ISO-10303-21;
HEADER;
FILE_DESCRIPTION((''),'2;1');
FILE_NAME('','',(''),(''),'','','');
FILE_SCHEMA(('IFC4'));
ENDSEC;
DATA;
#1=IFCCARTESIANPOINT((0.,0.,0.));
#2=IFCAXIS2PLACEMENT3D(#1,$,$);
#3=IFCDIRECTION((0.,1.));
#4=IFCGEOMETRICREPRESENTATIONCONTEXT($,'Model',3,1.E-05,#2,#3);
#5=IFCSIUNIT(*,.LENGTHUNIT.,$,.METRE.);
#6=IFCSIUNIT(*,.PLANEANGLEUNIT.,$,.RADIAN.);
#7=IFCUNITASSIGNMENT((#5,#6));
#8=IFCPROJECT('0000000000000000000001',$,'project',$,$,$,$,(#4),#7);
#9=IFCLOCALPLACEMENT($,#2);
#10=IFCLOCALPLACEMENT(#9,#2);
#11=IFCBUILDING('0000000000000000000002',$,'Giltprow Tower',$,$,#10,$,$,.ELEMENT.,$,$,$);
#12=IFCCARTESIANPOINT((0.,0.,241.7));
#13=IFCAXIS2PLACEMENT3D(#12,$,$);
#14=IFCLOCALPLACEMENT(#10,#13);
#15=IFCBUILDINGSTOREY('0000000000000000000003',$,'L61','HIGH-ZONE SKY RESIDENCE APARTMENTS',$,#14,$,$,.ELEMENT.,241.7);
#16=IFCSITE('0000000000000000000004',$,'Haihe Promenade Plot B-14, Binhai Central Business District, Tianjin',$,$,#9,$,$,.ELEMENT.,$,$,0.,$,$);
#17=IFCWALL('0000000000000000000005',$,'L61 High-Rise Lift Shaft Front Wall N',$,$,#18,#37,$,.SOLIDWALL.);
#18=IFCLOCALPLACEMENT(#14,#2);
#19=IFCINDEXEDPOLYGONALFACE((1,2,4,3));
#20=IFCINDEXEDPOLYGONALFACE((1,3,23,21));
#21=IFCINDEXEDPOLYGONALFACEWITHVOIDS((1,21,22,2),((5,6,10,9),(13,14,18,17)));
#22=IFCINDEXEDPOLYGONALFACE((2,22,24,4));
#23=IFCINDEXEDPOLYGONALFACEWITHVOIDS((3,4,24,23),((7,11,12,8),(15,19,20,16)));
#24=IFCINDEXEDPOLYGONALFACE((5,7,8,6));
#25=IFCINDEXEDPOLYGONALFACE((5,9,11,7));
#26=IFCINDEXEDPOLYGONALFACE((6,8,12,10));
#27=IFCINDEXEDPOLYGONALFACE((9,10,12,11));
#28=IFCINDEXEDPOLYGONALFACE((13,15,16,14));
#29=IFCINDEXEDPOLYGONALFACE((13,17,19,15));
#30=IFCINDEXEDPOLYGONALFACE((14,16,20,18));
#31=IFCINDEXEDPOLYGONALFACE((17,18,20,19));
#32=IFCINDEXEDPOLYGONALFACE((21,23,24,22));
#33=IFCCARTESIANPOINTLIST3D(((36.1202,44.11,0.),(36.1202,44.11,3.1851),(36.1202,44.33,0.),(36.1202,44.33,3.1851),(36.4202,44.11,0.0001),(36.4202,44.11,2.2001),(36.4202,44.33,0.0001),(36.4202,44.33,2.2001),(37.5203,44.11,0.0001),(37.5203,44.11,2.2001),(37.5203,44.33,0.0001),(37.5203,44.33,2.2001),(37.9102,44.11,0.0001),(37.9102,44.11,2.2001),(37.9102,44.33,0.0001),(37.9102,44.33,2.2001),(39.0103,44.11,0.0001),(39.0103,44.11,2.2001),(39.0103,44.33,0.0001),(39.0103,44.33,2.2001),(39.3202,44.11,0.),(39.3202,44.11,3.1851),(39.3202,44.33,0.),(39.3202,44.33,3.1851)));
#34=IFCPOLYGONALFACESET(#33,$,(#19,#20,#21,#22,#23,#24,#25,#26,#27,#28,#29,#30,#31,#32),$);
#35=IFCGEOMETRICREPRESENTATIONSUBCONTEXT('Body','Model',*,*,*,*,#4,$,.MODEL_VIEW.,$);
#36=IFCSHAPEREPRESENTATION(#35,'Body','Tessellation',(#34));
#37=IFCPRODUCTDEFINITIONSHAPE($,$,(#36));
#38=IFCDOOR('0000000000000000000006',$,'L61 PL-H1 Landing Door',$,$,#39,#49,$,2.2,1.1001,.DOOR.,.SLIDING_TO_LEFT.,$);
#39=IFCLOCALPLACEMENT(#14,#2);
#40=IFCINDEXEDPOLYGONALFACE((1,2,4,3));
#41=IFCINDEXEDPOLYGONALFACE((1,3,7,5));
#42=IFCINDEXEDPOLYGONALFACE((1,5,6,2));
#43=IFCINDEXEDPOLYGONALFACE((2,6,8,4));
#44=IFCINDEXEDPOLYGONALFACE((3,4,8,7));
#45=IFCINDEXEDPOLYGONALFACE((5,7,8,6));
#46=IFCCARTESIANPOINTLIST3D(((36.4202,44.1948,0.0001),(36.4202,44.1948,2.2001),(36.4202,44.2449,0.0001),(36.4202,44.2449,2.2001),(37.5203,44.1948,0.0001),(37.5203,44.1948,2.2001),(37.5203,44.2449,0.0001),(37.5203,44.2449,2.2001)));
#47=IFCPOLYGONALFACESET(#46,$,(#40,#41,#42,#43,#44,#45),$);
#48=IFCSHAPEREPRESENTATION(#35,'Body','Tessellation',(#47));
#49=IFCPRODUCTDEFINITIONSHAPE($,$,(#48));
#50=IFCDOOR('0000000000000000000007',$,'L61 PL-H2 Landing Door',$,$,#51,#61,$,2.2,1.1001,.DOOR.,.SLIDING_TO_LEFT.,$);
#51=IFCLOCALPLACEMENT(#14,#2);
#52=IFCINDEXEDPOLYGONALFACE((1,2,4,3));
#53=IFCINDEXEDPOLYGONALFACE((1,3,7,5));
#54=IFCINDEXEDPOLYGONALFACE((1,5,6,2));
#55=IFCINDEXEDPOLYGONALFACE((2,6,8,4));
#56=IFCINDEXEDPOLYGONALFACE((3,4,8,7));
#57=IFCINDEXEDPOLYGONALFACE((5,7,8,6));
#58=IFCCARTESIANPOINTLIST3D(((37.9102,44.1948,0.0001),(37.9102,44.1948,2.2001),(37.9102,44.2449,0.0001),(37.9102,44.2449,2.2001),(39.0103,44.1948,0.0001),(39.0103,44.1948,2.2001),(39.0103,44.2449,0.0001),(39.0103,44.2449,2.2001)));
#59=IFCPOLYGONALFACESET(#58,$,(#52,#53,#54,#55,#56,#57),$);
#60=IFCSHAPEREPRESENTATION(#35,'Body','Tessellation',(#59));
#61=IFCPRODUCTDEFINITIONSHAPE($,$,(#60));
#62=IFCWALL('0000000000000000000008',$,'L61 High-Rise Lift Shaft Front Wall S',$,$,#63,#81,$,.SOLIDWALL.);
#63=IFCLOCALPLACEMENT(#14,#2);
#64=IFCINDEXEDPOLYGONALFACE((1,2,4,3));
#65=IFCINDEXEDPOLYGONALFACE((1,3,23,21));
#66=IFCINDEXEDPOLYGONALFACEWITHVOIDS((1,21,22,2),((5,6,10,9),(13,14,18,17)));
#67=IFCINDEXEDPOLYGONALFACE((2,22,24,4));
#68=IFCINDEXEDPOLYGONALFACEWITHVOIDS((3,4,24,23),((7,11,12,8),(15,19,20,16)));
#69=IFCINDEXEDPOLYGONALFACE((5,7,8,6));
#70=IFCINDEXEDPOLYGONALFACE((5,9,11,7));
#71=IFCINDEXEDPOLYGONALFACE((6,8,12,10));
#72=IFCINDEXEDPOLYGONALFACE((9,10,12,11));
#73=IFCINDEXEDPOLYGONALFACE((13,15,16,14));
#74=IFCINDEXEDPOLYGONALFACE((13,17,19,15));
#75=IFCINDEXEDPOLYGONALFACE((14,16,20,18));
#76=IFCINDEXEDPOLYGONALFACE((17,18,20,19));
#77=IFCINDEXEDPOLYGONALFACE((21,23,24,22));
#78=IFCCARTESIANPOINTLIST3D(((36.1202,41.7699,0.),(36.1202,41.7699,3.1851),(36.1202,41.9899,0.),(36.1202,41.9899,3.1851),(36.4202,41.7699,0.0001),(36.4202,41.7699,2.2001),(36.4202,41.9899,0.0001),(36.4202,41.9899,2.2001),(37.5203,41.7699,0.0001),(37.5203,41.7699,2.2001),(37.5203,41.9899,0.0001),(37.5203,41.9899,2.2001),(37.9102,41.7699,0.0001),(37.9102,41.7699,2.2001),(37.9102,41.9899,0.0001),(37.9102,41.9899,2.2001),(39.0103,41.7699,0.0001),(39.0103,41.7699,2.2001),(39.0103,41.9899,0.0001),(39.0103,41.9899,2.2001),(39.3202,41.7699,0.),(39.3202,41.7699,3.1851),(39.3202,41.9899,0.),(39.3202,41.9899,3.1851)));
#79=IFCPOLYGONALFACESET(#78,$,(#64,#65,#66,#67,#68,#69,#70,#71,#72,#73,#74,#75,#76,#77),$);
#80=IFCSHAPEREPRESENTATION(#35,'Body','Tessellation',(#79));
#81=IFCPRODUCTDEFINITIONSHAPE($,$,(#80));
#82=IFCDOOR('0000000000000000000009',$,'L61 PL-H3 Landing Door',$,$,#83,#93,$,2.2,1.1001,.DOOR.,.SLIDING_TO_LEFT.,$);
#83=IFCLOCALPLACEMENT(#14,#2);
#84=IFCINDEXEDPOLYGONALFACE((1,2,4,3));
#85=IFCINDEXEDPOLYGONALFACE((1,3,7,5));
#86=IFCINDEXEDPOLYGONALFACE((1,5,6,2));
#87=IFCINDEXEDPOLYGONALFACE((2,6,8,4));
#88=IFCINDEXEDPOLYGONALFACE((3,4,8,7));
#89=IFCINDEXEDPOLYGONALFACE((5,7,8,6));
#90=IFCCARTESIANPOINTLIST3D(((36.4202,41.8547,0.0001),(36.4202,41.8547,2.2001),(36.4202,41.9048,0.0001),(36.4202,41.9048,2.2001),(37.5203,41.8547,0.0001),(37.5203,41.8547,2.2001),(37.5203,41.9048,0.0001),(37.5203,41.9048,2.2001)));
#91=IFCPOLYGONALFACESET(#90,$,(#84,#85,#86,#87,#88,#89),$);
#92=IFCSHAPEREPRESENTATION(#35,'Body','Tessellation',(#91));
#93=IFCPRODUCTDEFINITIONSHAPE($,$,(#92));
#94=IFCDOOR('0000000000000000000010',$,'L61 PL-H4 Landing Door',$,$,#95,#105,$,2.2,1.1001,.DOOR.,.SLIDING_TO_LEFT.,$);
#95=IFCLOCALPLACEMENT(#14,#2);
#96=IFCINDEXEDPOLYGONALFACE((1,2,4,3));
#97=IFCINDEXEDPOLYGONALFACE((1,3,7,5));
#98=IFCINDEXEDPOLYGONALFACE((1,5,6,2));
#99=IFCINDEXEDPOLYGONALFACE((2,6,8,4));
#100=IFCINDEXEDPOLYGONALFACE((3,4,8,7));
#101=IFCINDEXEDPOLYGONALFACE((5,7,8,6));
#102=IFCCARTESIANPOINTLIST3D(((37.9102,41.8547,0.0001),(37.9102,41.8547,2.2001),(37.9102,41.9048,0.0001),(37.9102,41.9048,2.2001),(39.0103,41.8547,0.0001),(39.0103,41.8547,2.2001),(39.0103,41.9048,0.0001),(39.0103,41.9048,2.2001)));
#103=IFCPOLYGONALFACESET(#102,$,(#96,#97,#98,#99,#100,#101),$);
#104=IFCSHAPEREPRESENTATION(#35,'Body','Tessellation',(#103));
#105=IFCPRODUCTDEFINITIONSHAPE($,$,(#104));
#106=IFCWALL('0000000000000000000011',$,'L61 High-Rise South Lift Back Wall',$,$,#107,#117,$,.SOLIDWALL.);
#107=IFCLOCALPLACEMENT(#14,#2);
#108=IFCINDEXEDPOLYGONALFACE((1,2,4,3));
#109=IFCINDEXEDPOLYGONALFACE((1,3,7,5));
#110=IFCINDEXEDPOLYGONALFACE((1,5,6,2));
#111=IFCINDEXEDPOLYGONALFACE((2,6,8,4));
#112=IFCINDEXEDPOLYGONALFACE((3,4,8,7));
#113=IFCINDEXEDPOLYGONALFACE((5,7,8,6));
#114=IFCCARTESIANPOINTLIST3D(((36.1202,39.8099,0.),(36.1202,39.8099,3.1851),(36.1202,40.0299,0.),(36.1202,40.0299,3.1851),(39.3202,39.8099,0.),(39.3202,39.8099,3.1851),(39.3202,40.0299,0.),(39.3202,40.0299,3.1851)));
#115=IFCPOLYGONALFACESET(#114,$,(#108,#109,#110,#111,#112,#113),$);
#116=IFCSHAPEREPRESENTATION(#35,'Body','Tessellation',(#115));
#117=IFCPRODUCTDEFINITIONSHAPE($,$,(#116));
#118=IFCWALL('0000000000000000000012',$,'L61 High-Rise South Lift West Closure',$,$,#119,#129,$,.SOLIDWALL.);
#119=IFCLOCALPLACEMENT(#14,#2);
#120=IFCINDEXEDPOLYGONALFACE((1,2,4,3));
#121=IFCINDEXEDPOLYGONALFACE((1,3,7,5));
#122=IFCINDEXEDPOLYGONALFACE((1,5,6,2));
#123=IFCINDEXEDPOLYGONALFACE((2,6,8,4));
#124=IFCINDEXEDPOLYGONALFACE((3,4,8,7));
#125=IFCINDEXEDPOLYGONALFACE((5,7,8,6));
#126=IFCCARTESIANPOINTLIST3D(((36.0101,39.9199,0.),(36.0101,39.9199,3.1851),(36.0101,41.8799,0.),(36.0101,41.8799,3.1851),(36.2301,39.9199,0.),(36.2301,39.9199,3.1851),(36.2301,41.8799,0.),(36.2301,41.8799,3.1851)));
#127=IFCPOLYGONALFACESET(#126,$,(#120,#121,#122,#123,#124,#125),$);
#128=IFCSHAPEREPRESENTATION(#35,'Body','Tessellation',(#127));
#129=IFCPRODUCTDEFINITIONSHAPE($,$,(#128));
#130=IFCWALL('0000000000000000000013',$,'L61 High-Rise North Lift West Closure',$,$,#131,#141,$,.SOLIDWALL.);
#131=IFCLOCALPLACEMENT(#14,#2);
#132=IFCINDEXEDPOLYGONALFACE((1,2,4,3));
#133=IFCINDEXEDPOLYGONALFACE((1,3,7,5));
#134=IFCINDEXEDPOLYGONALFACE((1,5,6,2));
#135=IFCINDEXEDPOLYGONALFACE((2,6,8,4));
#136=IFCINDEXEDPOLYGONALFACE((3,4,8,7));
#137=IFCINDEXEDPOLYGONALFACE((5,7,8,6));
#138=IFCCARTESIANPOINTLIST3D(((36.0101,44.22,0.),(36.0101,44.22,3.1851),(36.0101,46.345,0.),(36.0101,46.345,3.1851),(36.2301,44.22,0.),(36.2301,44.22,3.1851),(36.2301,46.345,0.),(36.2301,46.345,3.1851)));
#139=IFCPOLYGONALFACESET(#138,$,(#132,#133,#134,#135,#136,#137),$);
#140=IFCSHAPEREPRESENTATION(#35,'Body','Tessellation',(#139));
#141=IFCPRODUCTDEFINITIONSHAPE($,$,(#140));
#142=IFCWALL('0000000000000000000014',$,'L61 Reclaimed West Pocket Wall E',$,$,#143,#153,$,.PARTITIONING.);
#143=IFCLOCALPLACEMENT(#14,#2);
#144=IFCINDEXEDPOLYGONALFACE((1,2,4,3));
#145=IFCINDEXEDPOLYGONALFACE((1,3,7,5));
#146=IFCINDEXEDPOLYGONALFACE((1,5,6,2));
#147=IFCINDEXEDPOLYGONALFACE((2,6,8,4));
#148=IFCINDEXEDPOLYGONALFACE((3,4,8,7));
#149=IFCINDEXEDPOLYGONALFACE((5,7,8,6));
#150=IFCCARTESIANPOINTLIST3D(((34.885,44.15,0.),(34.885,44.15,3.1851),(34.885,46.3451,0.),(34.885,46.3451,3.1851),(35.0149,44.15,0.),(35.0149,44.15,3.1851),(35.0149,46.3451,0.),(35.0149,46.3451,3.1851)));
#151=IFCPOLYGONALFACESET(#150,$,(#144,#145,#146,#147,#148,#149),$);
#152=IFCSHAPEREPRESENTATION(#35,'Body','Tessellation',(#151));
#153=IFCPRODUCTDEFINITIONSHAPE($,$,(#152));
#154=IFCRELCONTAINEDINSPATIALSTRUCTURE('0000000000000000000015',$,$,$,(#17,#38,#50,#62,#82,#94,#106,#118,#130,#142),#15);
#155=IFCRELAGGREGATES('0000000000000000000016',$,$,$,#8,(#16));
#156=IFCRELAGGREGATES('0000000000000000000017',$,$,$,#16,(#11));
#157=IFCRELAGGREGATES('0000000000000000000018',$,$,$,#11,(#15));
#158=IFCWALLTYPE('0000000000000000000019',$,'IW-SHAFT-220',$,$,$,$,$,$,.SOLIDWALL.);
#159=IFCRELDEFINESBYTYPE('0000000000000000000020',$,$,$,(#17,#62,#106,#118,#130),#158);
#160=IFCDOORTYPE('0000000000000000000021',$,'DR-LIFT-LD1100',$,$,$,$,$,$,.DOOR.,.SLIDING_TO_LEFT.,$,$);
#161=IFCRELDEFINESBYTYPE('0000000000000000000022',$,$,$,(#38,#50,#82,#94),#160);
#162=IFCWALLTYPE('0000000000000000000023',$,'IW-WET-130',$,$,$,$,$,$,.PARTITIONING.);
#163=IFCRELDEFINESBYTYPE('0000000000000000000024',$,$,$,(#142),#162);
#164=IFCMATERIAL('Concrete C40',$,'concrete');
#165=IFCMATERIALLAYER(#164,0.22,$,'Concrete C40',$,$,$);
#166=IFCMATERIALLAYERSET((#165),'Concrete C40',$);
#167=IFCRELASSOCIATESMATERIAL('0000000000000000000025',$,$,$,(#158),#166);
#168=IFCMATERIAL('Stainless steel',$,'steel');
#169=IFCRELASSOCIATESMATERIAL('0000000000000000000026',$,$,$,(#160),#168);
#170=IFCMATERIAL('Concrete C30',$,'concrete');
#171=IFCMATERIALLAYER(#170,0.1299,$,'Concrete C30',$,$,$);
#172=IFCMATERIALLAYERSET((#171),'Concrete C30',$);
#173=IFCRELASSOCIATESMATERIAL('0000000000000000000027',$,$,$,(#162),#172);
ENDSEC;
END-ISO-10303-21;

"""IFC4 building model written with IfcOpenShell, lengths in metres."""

from ifc_helpers import new_model, si_unit, direction, frame, frame_2d, origin, place, context, subcontext, project, spatial, rectangle, extrude, source, transform, mapped, material, layer, layer_set, type_object, element, fill, save


model = new_model("IFC4")

# Units and contexts
model_context = context("Model", 3, precision=1e-05, world=origin(), true_north=direction((0.0, 1.0)))
body_context = subcontext(model_context, "Body", "Model", "MODEL_VIEW")
ifc_project = project(units=[si_unit("LENGTHUNIT", "METRE"), si_unit("PLANEANGLEUNIT", "RADIAN")], contexts=[model_context])

# Site, building, storey
site_placement = place(None, origin())
site = spatial("IfcSite", under=ifc_project, at=site_placement, Name="Haihe Promenade Plot B-14, Binhai Central Business District, Tianjin", CompositionType="ELEMENT", RefElevation=0.0)
building_placement = place(site_placement, origin())
building = spatial("IfcBuilding", under=site, at=building_placement, Name="Giltprow Tower", CompositionType="ELEMENT")
storey_placement = place(building_placement, frame((0.0, 0.0, 241.7)))
storey = spatial("IfcBuildingStorey", under=building, at=storey_placement, Name="L61", Description="HIGH-ZONE SKY RESIDENCE APARTMENTS", CompositionType="ELEMENT", Elevation=241.7)

# Shared definitions
ifc_material_1 = material(Name="Concrete C40", Category="concrete")
ifc_layer_1 = layer(ifc_material_1, 0.22, Name="Concrete C40")
ifc_layer_set_1 = layer_set([ifc_layer_1], Name="Concrete C40")
wall_type_1 = type_object("IfcWallType", Name="IW-SHAFT-220", PredefinedType="SOLIDWALL", material=ifc_layer_set_1)
ifc_material_2 = material(Name="Stainless steel", Category="steel")
door_type_1 = type_object("IfcDoorType", Name="DR-LIFT-LD1100", OperationType="SLIDING_TO_LEFT", PredefinedType="DOOR", material=ifc_material_2)
shared_shape_1 = source(origin(), body_context, "Body", "SweptSolid", [
    extrude(rectangle(XDim=1.1001, YDim=2.2, at=frame_2d((0.55, 1.1001))), frame((0.0, 0.0249, 0.0), z_axis=(0.0, -1.0, 0.0), x_axis=(1.0, 0.0, 0.0)), (0.0, 0.0, 1.0), 0.05),
])

# Walls, openings, doors
wall_1_placement = place(storey_placement, frame((36.1201, 44.22, 0.0), z_axis=(0.0, 0.0, 1.0), x_axis=(1.0, 0.0, 0.0)))
wall_1 = element("IfcWall", 1, at=wall_1_placement, inside=storey, type_object=wall_type_1, Name="L61 High-Rise Lift Shaft Front Wall N", PredefinedType="SOLIDWALL", context=body_context, shape_type="SweptSolid", body=[
    extrude(rectangle(XDim=3.2, YDim=0.22, at=frame_2d((1.6001, 0.0))), origin(), (0.0, 0.0, 1.0), 3.1851),
])
opening_1_placement = place(wall_1_placement, frame((0.3, 0.0, 0.0)))
opening_1 = element("IfcOpeningElement", 2, at=opening_1_placement, cuts=wall_1, PredefinedType="OPENING", context=body_context, shape_type="SweptSolid", body=[
    extrude(rectangle(XDim=1.1001, YDim=2.2, at=frame_2d((0.55, 1.1001))), frame((0.0, 0.1199, 0.0), z_axis=(0.0, -1.0, 0.0), x_axis=(1.0, 0.0, 0.0)), (0.0, 0.0, 1.0), 0.24),
])
opening_2_placement = place(wall_1_placement, frame((1.79, 0.0, 0.0)))
opening_2 = element("IfcOpeningElement", 3, at=opening_2_placement, cuts=wall_1, PredefinedType="OPENING", context=body_context, shape_type="SweptSolid", body=[
    extrude(rectangle(XDim=1.1001, YDim=2.2, at=frame_2d((0.55, 1.1001))), frame((0.0, 0.1199, 0.0), z_axis=(0.0, -1.0, 0.0), x_axis=(1.0, 0.0, 0.0)), (0.0, 0.0, 1.0), 0.24),
])
door_1_placement = place(opening_1_placement, origin())
door_1 = element("IfcDoor", 4, at=door_1_placement, inside=storey, type_object=door_type_1, Name="L61 PL-H1 Landing Door", OperationType="SLIDING_TO_LEFT", OverallHeight=2.2, OverallWidth=1.1001, PredefinedType="DOOR", context=body_context, shape_type="MappedRepresentation", body=[
    mapped(shared_shape_1, transform((0.0, 0.0, 0.0), x_axis=(1.0, 0.0, 0.0), y_axis=(0.0, 1.0, 0.0), z_axis=(0.0, 0.0, 1.0), scale=1.0)),
])
fill(opening_1, door_1)
door_2_placement = place(opening_2_placement, origin())
door_2 = element("IfcDoor", 5, at=door_2_placement, inside=storey, type_object=door_type_1, Name="L61 PL-H2 Landing Door", OperationType="SLIDING_TO_LEFT", OverallHeight=2.2, OverallWidth=1.1001, PredefinedType="DOOR", context=body_context, shape_type="MappedRepresentation", body=[
    mapped(shared_shape_1, transform((0.0, 0.0, 0.0), x_axis=(1.0, 0.0, 0.0), y_axis=(0.0, 1.0, 0.0), z_axis=(0.0, 0.0, 1.0), scale=1.0)),
])
fill(opening_2, door_2)
wall_2_placement = place(storey_placement, frame((36.1201, 41.8799, 0.0), z_axis=(0.0, 0.0, 1.0), x_axis=(1.0, 0.0, 0.0)))
wall_2 = element("IfcWall", 6, at=wall_2_placement, inside=storey, type_object=wall_type_1, Name="L61 High-Rise Lift Shaft Front Wall S", PredefinedType="SOLIDWALL", context=body_context, shape_type="SweptSolid", body=[
    extrude(rectangle(XDim=3.2, YDim=0.22, at=frame_2d((1.6001, 0.0))), origin(), (0.0, 0.0, 1.0), 3.1851),
])
opening_3_placement = place(wall_2_placement, frame((0.3, 0.0, 0.0)))
opening_3 = element("IfcOpeningElement", 7, at=opening_3_placement, cuts=wall_2, PredefinedType="OPENING", context=body_context, shape_type="SweptSolid", body=[
    extrude(rectangle(XDim=1.1001, YDim=2.2, at=frame_2d((0.55, 1.1001))), frame((0.0, 0.1199, 0.0), z_axis=(0.0, -1.0, 0.0), x_axis=(1.0, 0.0, 0.0)), (0.0, 0.0, 1.0), 0.24),
])
opening_4_placement = place(wall_2_placement, frame((1.79, 0.0, 0.0)))
opening_4 = element("IfcOpeningElement", 8, at=opening_4_placement, cuts=wall_2, PredefinedType="OPENING", context=body_context, shape_type="SweptSolid", body=[
    extrude(rectangle(XDim=1.1001, YDim=2.2, at=frame_2d((0.55, 1.1001))), frame((0.0, 0.1199, 0.0), z_axis=(0.0, -1.0, 0.0), x_axis=(1.0, 0.0, 0.0)), (0.0, 0.0, 1.0), 0.24),
])
door_3_placement = place(opening_3_placement, origin())
door_3 = element("IfcDoor", 9, at=door_3_placement, inside=storey, type_object=door_type_1, Name="L61 PL-H3 Landing Door", OperationType="SLIDING_TO_LEFT", OverallHeight=2.2, OverallWidth=1.1001, PredefinedType="DOOR", context=body_context, shape_type="MappedRepresentation", body=[
    mapped(shared_shape_1, transform((0.0, 0.0, 0.0), x_axis=(1.0, 0.0, 0.0), y_axis=(0.0, 1.0, 0.0), z_axis=(0.0, 0.0, 1.0), scale=1.0)),
])
fill(opening_3, door_3)
door_4_placement = place(opening_4_placement, origin())
door_4 = element("IfcDoor", 10, at=door_4_placement, inside=storey, type_object=door_type_1, Name="L61 PL-H4 Landing Door", OperationType="SLIDING_TO_LEFT", OverallHeight=2.2, OverallWidth=1.1001, PredefinedType="DOOR", context=body_context, shape_type="MappedRepresentation", body=[
    mapped(shared_shape_1, transform((0.0, 0.0, 0.0), x_axis=(1.0, 0.0, 0.0), y_axis=(0.0, 1.0, 0.0), z_axis=(0.0, 0.0, 1.0), scale=1.0)),
])
fill(opening_4, door_4)

# Walls
wall_3_placement = place(storey_placement, frame((36.1201, 39.9199, 0.0), z_axis=(0.0, 0.0, 1.0), x_axis=(1.0, 0.0, 0.0)))
element("IfcWall", 11, at=wall_3_placement, inside=storey, type_object=wall_type_1, Name="L61 High-Rise South Lift Back Wall", PredefinedType="SOLIDWALL", context=body_context, shape_type="SweptSolid", body=[
    extrude(rectangle(XDim=3.2, YDim=0.22, at=frame_2d((1.6001, 0.0))), origin(), (0.0, 0.0, 1.0), 3.1851),
])
wall_4_placement = place(storey_placement, frame((36.1201, 39.9199, 0.0), z_axis=(0.0, 0.0, 1.0), x_axis=(0.0, 1.0, 0.0)))
element("IfcWall", 12, at=wall_4_placement, inside=storey, type_object=wall_type_1, Name="L61 High-Rise South Lift West Closure", PredefinedType="SOLIDWALL", context=body_context, shape_type="SweptSolid", body=[
    extrude(rectangle(XDim=1.96, YDim=0.22, at=frame_2d((0.98, 0.0))), origin(), (0.0, 0.0, 1.0), 3.1851),
])
wall_5_placement = place(storey_placement, frame((36.1201, 44.22, 0.0), z_axis=(0.0, 0.0, 1.0), x_axis=(0.0, 1.0, 0.0)))
element("IfcWall", 13, at=wall_5_placement, inside=storey, type_object=wall_type_1, Name="L61 High-Rise North Lift West Closure", PredefinedType="SOLIDWALL", context=body_context, shape_type="SweptSolid", body=[
    extrude(rectangle(XDim=2.125, YDim=0.22, at=frame_2d((1.0625, 0.0))), origin(), (0.0, 0.0, 1.0), 3.1851),
])
ifc_material_3 = material(Name="Concrete C30", Category="concrete")
ifc_layer_2 = layer(ifc_material_3, 0.1299, Name="Concrete C30")
ifc_layer_set_2 = layer_set([ifc_layer_2], Name="Concrete C30")
wall_type_2 = type_object("IfcWallType", Name="IW-WET-130", PredefinedType="PARTITIONING", material=ifc_layer_set_2)
wall_6_placement = place(storey_placement, frame((34.95, 44.1499, 0.0), z_axis=(0.0, 0.0, 1.0), x_axis=(0.0, 1.0, 0.0)))
element("IfcWall", 14, at=wall_6_placement, inside=storey, type_object=wall_type_2, Name="L61 Reclaimed West Pocket Wall E", PredefinedType="PARTITIONING", context=body_context, shape_type="SweptSolid", body=[
    extrude(rectangle(XDim=2.1951, YDim=0.1299, at=frame_2d((1.0977, 0.0))), origin(), (0.0, 0.0, 1.0), 3.1851),
])

save(model, "model.ifc")
